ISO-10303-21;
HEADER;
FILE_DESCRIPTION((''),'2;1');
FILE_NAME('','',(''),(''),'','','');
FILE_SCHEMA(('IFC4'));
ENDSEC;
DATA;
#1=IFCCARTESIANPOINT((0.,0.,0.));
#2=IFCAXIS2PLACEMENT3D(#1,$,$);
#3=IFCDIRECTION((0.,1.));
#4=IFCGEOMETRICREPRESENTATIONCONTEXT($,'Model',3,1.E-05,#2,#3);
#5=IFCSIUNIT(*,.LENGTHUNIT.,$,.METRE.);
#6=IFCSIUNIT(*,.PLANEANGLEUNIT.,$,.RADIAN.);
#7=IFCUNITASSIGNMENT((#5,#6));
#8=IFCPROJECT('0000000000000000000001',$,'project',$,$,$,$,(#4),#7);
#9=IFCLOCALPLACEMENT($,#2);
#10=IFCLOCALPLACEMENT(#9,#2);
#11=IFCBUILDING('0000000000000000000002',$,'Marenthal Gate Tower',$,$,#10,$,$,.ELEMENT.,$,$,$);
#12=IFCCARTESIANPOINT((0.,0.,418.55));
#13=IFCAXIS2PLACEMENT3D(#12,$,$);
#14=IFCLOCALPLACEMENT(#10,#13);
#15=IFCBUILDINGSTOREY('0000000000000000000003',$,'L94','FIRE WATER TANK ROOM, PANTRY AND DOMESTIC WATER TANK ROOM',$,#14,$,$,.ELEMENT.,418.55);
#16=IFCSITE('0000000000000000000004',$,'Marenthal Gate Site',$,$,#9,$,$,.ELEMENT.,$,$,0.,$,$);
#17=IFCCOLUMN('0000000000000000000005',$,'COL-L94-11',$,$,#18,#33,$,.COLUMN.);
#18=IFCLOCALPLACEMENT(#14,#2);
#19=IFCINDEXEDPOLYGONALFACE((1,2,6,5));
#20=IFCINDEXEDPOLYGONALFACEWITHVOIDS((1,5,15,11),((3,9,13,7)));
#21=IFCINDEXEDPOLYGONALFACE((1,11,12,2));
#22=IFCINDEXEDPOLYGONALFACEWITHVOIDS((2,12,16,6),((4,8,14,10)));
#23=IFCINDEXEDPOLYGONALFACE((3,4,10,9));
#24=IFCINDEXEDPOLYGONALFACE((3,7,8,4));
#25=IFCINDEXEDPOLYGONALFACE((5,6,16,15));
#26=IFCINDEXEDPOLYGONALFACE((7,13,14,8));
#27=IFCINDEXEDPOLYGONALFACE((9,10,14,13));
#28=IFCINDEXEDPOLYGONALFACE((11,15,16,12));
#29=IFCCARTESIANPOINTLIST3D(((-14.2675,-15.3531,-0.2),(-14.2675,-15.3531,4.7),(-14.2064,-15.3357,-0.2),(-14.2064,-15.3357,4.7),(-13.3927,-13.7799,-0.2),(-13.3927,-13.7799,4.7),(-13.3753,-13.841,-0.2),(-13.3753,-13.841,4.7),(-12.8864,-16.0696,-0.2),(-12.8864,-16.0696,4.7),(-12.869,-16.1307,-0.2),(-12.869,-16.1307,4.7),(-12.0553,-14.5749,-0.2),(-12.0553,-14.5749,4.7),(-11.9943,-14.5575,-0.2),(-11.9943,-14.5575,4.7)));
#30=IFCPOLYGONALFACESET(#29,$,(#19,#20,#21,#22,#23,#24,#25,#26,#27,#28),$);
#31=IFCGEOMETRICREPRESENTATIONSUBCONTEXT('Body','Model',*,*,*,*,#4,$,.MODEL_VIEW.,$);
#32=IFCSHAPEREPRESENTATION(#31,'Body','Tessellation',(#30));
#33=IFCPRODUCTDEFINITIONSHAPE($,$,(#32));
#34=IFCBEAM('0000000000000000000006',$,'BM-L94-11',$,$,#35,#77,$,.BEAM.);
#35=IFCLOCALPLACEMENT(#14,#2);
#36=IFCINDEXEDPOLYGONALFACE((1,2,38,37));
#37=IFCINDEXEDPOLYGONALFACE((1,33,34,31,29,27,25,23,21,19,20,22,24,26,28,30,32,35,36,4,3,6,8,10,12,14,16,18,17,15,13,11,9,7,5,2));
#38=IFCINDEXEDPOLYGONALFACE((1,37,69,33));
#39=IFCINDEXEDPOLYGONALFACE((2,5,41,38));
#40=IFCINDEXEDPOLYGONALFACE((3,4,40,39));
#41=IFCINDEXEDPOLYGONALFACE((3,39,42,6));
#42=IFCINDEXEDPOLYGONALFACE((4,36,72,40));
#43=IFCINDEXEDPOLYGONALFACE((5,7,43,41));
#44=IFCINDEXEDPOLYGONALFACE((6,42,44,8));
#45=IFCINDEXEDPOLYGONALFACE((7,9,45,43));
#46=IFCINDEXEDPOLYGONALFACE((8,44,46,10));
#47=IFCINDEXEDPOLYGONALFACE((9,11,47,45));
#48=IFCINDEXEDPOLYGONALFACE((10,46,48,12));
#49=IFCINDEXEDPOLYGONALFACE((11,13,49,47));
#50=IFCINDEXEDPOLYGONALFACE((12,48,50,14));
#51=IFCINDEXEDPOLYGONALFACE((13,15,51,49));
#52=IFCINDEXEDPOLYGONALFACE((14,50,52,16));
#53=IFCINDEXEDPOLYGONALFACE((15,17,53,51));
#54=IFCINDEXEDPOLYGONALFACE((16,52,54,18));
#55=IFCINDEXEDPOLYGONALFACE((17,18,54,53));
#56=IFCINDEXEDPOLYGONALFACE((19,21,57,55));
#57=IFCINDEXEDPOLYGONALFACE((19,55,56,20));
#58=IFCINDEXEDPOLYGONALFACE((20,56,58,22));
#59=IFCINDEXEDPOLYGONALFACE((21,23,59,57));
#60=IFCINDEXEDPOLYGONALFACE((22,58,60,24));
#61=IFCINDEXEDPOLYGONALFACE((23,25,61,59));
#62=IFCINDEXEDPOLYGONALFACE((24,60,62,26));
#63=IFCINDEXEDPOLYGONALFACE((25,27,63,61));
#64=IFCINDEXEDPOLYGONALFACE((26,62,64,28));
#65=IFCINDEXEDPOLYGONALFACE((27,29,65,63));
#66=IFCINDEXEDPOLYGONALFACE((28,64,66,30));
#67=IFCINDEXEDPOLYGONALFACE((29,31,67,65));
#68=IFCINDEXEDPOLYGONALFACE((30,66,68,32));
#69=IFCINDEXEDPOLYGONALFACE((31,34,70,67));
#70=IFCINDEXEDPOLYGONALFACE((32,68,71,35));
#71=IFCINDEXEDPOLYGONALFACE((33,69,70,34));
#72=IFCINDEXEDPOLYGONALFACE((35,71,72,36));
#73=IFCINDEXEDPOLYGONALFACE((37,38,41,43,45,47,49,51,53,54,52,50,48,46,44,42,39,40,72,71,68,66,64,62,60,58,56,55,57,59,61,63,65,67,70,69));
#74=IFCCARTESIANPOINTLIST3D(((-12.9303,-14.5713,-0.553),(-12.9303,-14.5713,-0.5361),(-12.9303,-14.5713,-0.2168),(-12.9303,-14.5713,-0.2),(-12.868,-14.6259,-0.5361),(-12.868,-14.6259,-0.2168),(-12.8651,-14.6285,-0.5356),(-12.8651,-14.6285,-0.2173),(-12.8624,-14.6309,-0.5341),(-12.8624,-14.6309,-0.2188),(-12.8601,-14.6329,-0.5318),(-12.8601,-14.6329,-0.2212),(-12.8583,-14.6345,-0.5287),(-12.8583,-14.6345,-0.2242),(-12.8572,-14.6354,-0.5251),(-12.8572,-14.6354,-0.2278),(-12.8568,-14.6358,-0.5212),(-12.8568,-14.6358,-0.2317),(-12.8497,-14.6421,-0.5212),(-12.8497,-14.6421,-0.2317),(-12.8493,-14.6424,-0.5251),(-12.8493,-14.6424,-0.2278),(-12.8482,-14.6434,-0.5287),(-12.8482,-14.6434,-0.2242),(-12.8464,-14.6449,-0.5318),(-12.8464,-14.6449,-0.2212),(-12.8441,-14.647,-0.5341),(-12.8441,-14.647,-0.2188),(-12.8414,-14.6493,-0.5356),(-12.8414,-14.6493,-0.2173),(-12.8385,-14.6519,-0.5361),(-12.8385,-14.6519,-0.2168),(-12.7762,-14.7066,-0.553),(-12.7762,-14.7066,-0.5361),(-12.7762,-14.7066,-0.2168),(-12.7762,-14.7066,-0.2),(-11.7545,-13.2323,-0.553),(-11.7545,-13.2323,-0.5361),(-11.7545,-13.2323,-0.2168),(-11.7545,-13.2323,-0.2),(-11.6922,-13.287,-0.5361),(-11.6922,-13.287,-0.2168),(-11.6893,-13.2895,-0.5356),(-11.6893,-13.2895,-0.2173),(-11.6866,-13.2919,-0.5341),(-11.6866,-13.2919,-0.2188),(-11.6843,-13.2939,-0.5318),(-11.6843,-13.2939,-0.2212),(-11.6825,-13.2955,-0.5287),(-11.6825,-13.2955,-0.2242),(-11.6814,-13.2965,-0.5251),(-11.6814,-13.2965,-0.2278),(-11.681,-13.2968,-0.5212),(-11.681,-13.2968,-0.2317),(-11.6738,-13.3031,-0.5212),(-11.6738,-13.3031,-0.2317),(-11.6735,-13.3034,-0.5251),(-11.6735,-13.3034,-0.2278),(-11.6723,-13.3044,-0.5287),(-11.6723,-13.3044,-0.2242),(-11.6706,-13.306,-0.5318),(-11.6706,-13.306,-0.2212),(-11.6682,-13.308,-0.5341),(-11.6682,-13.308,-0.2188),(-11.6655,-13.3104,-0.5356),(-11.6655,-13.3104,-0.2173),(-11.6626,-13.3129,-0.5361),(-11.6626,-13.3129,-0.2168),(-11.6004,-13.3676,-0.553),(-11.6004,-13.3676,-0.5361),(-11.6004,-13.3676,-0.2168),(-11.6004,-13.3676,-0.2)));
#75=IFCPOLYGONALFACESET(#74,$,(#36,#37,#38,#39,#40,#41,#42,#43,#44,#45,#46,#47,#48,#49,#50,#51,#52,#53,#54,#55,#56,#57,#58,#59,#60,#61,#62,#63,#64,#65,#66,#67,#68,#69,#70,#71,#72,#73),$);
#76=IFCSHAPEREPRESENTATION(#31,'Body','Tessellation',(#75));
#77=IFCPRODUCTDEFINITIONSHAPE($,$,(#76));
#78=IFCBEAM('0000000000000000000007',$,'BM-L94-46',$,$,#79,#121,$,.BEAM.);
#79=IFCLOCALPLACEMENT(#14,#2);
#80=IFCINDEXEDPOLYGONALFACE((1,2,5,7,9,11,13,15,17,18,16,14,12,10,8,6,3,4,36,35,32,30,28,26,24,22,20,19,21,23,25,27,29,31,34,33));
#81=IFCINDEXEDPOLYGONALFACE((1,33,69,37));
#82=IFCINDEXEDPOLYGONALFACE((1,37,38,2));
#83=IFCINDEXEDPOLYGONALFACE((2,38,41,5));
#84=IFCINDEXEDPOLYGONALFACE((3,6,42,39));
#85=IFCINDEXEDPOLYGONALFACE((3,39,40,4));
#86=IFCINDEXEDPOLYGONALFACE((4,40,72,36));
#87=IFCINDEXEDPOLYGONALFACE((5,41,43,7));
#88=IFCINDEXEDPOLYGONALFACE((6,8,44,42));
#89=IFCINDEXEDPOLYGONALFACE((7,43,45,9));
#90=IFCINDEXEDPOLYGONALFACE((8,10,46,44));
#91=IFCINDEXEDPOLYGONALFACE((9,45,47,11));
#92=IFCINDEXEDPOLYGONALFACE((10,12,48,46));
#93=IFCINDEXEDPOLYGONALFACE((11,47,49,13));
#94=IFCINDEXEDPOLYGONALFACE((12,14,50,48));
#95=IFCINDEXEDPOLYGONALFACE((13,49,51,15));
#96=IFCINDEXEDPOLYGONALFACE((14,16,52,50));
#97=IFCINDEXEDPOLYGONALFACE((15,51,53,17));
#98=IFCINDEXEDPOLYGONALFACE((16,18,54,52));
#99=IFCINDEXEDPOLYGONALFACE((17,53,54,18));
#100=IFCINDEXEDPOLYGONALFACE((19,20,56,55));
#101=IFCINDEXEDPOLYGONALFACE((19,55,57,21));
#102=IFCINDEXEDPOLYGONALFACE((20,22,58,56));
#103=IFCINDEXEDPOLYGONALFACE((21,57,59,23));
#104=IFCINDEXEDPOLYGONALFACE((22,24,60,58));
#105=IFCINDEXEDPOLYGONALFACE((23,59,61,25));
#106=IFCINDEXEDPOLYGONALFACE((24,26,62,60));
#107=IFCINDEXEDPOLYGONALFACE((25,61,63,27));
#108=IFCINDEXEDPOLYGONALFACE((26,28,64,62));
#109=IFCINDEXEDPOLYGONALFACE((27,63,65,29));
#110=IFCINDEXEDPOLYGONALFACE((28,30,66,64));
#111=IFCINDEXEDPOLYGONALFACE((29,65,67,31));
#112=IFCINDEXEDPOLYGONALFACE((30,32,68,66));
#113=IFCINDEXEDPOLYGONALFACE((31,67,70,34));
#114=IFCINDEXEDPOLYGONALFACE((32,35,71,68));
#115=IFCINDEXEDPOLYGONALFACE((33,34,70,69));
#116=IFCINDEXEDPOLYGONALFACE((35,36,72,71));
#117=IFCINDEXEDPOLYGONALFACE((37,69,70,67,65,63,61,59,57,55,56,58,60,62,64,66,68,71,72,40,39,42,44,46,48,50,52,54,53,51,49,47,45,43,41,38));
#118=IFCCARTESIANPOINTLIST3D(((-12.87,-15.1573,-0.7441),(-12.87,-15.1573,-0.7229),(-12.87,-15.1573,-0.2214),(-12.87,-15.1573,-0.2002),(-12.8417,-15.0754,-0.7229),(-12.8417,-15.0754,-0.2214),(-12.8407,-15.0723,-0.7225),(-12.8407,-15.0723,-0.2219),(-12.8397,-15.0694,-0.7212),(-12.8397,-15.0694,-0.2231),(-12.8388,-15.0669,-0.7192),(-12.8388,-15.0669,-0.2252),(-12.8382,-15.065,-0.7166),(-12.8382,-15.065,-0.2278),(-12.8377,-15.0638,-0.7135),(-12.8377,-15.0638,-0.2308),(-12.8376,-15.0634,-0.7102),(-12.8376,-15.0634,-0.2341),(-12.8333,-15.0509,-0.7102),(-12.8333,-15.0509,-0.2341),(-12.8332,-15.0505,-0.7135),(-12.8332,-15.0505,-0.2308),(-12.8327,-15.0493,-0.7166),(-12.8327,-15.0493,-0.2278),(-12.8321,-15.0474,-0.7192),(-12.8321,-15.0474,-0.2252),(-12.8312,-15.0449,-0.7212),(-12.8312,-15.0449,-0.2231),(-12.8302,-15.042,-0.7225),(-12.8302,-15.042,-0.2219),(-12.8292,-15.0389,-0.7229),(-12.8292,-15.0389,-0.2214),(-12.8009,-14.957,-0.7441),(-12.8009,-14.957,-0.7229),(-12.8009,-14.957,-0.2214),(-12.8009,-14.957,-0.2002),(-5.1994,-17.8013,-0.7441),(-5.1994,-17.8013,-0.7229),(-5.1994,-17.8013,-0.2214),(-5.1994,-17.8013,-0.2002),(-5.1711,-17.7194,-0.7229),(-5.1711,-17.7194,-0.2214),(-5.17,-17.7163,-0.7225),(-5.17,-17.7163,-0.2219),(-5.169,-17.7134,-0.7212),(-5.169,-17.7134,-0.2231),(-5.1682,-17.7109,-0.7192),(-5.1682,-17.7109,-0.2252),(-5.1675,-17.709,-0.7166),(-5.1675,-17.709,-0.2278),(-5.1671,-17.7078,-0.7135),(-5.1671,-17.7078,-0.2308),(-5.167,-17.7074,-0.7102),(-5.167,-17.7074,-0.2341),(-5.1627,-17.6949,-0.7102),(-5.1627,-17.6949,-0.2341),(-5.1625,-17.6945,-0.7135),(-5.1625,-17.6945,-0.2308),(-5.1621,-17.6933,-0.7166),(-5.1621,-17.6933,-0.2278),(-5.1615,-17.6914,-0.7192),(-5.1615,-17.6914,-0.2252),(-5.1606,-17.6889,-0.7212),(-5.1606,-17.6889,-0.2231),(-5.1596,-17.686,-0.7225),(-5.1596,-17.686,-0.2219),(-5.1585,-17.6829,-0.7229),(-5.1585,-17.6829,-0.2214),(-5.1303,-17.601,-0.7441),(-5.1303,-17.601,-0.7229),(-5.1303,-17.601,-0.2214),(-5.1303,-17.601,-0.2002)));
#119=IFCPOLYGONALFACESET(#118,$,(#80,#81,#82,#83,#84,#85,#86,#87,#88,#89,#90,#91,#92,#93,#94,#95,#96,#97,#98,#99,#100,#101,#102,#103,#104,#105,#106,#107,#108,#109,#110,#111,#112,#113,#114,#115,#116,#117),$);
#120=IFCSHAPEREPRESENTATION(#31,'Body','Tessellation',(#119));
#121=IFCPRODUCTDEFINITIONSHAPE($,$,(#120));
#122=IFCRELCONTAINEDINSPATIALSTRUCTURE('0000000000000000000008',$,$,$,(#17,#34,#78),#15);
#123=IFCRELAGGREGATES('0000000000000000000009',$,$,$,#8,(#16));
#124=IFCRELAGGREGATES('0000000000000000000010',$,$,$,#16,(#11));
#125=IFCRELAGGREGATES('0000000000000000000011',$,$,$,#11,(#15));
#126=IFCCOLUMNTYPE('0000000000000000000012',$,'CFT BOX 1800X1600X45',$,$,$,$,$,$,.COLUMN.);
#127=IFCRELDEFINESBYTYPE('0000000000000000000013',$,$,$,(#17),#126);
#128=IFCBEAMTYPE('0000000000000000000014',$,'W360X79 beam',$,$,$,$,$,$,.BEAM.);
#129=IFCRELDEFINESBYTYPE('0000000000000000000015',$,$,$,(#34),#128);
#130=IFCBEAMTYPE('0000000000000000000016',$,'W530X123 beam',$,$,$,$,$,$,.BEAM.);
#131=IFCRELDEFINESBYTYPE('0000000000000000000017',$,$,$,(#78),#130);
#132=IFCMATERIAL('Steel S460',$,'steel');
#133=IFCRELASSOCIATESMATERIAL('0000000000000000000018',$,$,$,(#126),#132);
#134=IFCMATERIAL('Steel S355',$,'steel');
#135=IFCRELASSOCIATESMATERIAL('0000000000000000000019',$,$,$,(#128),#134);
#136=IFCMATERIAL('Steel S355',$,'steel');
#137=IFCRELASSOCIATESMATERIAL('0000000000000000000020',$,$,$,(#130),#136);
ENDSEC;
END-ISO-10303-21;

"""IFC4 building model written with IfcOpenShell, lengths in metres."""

from ifc_helpers import new_model, si_unit, direction, frame, origin, origin_2d, place, context, subcontext, project, spatial, rectangle, hollow_rectangle, i_section, extrude, material, material_profile, profile_set, type_object, element, save


model = new_model("IFC4")

# Units and contexts
model_context = context("Model", 3, precision=1e-05, world=origin(), true_north=direction((0.0, 1.0)))
body_context = subcontext(model_context, "Body", "Model", "MODEL_VIEW")
ifc_project = project(units=[si_unit("LENGTHUNIT", "METRE"), si_unit("PLANEANGLEUNIT", "RADIAN")], contexts=[model_context])

# Site, building, storey
site_placement = place(None, origin())
site = spatial("IfcSite", under=ifc_project, at=site_placement, Name="Marenthal Gate Site", CompositionType="ELEMENT", RefElevation=0.0)
building_placement = place(site_placement, origin())
building = spatial("IfcBuilding", under=site, at=building_placement, Name="Marenthal Gate Tower", CompositionType="ELEMENT")
storey_placement = place(building_placement, frame((0.0, 0.0, 418.55)))
storey = spatial("IfcBuildingStorey", under=building, at=storey_placement, Name="L94", Description="FIRE WATER TANK ROOM, PANTRY AND DOMESTIC WATER TANK ROOM", CompositionType="ELEMENT", Elevation=418.55)

# Column
ifc_material_1 = material(Name="Steel S460", Category="steel")
ifc_material_profile_1 = material_profile(ifc_material_1, hollow_rectangle(XDim=1.6001, YDim=1.8, WallThickness=0.0449, at=origin_2d()), Name="CFT BOX 1800X1600X45")
ifc_material_2 = material(Name="Concrete 70 MPa", Category="concrete")
ifc_material_profile_2 = material_profile(ifc_material_2, rectangle(XDim=1.51, YDim=1.71, at=origin_2d()), Name="CFT BOX 1800X1600X45 INFILL")
ifc_profile_set_1 = profile_set([ifc_material_profile_1, ifc_material_profile_2], Name="Steel S460 shell, Concrete 70 MPa infill")
column_type = type_object("IfcColumnType", Name="CFT BOX 1800X1600X45", PredefinedType="COLUMN", material=ifc_profile_set_1)
column_placement = place(storey_placement, frame((-13.1309, -14.9553, -0.2), z_axis=(0.0, 0.0, 1.0), x_axis=(-0.87398, 0.485962, 0.0)))
element("IfcColumn", 1, at=column_placement, inside=storey, type_object=column_type, Name="COL-L94-11", PredefinedType="COLUMN", context=body_context, shape_type="SweptSolid", body=[
    extrude(hollow_rectangle(XDim=1.6001, YDim=1.8, WallThickness=0.0449, at=origin_2d()), origin(), (0.0, 0.0, 1.0), 4.8999),
])

# Beams
ifc_material_3 = material(Name="Steel S355", Category="steel")
ifc_material_profile_3 = material_profile(ifc_material_3, i_section(OverallWidth=0.2051, OverallDepth=0.353, WebThickness=0.0095, FlangeThickness=0.0168, FilletRadius=0.0149, at=origin_2d()), Name="W360X79")
ifc_profile_set_2 = profile_set([ifc_material_profile_3], Name="Steel S355")
beam_type_1 = type_object("IfcBeamType", Name="W360X79 beam", PredefinedType="BEAM", material=ifc_profile_set_2)
beam_1_placement = place(storey_placement, frame((-12.8533, -14.6389, -0.3765), z_axis=(0.659862, 0.751387, 0.0), x_axis=(-0.751387, 0.659862, 0.0)))
element("IfcBeam", 2, at=beam_1_placement, inside=storey, type_object=beam_type_1, Name="BM-L94-11", PredefinedType="BEAM", context=body_context, shape_type="SweptSolid", body=[
    extrude(i_section(OverallWidth=0.2051, OverallDepth=0.353, WebThickness=0.0095, FlangeThickness=0.0168, FilletRadius=0.0149, at=origin_2d()), origin(), (0.0, 0.0, 1.0), 1.782),
])
ifc_material_4 = material(Name="Steel S355", Category="steel")
ifc_material_profile_4 = material_profile(ifc_material_4, i_section(OverallWidth=0.2119, OverallDepth=0.5439, WebThickness=0.0132, FlangeThickness=0.0212, FilletRadius=0.0127, at=origin_2d()), Name="W530X123")
ifc_profile_set_3 = profile_set([ifc_material_profile_4], Name="Steel S355")
beam_type_2 = type_object("IfcBeamType", Name="W530X123 beam", PredefinedType="BEAM", material=ifc_profile_set_3)
beam_2_placement = place(storey_placement, frame((-12.8354, -15.0571, -0.4722), z_axis=(0.945411, -0.325879, 0.0), x_axis=(0.325879, 0.945411, 0.0)))
element("IfcBeam", 3, at=beam_2_placement, inside=storey, type_object=beam_type_2, Name="BM-L94-46", PredefinedType="BEAM", context=body_context, shape_type="SweptSolid", body=[
    extrude(i_section(OverallWidth=0.2119, OverallDepth=0.5439, WebThickness=0.0132, FlangeThickness=0.0212, FilletRadius=0.0127, at=origin_2d()), origin(), (0.0, 0.0, 1.0), 8.1135),
])

save(model, "model.ifc")
